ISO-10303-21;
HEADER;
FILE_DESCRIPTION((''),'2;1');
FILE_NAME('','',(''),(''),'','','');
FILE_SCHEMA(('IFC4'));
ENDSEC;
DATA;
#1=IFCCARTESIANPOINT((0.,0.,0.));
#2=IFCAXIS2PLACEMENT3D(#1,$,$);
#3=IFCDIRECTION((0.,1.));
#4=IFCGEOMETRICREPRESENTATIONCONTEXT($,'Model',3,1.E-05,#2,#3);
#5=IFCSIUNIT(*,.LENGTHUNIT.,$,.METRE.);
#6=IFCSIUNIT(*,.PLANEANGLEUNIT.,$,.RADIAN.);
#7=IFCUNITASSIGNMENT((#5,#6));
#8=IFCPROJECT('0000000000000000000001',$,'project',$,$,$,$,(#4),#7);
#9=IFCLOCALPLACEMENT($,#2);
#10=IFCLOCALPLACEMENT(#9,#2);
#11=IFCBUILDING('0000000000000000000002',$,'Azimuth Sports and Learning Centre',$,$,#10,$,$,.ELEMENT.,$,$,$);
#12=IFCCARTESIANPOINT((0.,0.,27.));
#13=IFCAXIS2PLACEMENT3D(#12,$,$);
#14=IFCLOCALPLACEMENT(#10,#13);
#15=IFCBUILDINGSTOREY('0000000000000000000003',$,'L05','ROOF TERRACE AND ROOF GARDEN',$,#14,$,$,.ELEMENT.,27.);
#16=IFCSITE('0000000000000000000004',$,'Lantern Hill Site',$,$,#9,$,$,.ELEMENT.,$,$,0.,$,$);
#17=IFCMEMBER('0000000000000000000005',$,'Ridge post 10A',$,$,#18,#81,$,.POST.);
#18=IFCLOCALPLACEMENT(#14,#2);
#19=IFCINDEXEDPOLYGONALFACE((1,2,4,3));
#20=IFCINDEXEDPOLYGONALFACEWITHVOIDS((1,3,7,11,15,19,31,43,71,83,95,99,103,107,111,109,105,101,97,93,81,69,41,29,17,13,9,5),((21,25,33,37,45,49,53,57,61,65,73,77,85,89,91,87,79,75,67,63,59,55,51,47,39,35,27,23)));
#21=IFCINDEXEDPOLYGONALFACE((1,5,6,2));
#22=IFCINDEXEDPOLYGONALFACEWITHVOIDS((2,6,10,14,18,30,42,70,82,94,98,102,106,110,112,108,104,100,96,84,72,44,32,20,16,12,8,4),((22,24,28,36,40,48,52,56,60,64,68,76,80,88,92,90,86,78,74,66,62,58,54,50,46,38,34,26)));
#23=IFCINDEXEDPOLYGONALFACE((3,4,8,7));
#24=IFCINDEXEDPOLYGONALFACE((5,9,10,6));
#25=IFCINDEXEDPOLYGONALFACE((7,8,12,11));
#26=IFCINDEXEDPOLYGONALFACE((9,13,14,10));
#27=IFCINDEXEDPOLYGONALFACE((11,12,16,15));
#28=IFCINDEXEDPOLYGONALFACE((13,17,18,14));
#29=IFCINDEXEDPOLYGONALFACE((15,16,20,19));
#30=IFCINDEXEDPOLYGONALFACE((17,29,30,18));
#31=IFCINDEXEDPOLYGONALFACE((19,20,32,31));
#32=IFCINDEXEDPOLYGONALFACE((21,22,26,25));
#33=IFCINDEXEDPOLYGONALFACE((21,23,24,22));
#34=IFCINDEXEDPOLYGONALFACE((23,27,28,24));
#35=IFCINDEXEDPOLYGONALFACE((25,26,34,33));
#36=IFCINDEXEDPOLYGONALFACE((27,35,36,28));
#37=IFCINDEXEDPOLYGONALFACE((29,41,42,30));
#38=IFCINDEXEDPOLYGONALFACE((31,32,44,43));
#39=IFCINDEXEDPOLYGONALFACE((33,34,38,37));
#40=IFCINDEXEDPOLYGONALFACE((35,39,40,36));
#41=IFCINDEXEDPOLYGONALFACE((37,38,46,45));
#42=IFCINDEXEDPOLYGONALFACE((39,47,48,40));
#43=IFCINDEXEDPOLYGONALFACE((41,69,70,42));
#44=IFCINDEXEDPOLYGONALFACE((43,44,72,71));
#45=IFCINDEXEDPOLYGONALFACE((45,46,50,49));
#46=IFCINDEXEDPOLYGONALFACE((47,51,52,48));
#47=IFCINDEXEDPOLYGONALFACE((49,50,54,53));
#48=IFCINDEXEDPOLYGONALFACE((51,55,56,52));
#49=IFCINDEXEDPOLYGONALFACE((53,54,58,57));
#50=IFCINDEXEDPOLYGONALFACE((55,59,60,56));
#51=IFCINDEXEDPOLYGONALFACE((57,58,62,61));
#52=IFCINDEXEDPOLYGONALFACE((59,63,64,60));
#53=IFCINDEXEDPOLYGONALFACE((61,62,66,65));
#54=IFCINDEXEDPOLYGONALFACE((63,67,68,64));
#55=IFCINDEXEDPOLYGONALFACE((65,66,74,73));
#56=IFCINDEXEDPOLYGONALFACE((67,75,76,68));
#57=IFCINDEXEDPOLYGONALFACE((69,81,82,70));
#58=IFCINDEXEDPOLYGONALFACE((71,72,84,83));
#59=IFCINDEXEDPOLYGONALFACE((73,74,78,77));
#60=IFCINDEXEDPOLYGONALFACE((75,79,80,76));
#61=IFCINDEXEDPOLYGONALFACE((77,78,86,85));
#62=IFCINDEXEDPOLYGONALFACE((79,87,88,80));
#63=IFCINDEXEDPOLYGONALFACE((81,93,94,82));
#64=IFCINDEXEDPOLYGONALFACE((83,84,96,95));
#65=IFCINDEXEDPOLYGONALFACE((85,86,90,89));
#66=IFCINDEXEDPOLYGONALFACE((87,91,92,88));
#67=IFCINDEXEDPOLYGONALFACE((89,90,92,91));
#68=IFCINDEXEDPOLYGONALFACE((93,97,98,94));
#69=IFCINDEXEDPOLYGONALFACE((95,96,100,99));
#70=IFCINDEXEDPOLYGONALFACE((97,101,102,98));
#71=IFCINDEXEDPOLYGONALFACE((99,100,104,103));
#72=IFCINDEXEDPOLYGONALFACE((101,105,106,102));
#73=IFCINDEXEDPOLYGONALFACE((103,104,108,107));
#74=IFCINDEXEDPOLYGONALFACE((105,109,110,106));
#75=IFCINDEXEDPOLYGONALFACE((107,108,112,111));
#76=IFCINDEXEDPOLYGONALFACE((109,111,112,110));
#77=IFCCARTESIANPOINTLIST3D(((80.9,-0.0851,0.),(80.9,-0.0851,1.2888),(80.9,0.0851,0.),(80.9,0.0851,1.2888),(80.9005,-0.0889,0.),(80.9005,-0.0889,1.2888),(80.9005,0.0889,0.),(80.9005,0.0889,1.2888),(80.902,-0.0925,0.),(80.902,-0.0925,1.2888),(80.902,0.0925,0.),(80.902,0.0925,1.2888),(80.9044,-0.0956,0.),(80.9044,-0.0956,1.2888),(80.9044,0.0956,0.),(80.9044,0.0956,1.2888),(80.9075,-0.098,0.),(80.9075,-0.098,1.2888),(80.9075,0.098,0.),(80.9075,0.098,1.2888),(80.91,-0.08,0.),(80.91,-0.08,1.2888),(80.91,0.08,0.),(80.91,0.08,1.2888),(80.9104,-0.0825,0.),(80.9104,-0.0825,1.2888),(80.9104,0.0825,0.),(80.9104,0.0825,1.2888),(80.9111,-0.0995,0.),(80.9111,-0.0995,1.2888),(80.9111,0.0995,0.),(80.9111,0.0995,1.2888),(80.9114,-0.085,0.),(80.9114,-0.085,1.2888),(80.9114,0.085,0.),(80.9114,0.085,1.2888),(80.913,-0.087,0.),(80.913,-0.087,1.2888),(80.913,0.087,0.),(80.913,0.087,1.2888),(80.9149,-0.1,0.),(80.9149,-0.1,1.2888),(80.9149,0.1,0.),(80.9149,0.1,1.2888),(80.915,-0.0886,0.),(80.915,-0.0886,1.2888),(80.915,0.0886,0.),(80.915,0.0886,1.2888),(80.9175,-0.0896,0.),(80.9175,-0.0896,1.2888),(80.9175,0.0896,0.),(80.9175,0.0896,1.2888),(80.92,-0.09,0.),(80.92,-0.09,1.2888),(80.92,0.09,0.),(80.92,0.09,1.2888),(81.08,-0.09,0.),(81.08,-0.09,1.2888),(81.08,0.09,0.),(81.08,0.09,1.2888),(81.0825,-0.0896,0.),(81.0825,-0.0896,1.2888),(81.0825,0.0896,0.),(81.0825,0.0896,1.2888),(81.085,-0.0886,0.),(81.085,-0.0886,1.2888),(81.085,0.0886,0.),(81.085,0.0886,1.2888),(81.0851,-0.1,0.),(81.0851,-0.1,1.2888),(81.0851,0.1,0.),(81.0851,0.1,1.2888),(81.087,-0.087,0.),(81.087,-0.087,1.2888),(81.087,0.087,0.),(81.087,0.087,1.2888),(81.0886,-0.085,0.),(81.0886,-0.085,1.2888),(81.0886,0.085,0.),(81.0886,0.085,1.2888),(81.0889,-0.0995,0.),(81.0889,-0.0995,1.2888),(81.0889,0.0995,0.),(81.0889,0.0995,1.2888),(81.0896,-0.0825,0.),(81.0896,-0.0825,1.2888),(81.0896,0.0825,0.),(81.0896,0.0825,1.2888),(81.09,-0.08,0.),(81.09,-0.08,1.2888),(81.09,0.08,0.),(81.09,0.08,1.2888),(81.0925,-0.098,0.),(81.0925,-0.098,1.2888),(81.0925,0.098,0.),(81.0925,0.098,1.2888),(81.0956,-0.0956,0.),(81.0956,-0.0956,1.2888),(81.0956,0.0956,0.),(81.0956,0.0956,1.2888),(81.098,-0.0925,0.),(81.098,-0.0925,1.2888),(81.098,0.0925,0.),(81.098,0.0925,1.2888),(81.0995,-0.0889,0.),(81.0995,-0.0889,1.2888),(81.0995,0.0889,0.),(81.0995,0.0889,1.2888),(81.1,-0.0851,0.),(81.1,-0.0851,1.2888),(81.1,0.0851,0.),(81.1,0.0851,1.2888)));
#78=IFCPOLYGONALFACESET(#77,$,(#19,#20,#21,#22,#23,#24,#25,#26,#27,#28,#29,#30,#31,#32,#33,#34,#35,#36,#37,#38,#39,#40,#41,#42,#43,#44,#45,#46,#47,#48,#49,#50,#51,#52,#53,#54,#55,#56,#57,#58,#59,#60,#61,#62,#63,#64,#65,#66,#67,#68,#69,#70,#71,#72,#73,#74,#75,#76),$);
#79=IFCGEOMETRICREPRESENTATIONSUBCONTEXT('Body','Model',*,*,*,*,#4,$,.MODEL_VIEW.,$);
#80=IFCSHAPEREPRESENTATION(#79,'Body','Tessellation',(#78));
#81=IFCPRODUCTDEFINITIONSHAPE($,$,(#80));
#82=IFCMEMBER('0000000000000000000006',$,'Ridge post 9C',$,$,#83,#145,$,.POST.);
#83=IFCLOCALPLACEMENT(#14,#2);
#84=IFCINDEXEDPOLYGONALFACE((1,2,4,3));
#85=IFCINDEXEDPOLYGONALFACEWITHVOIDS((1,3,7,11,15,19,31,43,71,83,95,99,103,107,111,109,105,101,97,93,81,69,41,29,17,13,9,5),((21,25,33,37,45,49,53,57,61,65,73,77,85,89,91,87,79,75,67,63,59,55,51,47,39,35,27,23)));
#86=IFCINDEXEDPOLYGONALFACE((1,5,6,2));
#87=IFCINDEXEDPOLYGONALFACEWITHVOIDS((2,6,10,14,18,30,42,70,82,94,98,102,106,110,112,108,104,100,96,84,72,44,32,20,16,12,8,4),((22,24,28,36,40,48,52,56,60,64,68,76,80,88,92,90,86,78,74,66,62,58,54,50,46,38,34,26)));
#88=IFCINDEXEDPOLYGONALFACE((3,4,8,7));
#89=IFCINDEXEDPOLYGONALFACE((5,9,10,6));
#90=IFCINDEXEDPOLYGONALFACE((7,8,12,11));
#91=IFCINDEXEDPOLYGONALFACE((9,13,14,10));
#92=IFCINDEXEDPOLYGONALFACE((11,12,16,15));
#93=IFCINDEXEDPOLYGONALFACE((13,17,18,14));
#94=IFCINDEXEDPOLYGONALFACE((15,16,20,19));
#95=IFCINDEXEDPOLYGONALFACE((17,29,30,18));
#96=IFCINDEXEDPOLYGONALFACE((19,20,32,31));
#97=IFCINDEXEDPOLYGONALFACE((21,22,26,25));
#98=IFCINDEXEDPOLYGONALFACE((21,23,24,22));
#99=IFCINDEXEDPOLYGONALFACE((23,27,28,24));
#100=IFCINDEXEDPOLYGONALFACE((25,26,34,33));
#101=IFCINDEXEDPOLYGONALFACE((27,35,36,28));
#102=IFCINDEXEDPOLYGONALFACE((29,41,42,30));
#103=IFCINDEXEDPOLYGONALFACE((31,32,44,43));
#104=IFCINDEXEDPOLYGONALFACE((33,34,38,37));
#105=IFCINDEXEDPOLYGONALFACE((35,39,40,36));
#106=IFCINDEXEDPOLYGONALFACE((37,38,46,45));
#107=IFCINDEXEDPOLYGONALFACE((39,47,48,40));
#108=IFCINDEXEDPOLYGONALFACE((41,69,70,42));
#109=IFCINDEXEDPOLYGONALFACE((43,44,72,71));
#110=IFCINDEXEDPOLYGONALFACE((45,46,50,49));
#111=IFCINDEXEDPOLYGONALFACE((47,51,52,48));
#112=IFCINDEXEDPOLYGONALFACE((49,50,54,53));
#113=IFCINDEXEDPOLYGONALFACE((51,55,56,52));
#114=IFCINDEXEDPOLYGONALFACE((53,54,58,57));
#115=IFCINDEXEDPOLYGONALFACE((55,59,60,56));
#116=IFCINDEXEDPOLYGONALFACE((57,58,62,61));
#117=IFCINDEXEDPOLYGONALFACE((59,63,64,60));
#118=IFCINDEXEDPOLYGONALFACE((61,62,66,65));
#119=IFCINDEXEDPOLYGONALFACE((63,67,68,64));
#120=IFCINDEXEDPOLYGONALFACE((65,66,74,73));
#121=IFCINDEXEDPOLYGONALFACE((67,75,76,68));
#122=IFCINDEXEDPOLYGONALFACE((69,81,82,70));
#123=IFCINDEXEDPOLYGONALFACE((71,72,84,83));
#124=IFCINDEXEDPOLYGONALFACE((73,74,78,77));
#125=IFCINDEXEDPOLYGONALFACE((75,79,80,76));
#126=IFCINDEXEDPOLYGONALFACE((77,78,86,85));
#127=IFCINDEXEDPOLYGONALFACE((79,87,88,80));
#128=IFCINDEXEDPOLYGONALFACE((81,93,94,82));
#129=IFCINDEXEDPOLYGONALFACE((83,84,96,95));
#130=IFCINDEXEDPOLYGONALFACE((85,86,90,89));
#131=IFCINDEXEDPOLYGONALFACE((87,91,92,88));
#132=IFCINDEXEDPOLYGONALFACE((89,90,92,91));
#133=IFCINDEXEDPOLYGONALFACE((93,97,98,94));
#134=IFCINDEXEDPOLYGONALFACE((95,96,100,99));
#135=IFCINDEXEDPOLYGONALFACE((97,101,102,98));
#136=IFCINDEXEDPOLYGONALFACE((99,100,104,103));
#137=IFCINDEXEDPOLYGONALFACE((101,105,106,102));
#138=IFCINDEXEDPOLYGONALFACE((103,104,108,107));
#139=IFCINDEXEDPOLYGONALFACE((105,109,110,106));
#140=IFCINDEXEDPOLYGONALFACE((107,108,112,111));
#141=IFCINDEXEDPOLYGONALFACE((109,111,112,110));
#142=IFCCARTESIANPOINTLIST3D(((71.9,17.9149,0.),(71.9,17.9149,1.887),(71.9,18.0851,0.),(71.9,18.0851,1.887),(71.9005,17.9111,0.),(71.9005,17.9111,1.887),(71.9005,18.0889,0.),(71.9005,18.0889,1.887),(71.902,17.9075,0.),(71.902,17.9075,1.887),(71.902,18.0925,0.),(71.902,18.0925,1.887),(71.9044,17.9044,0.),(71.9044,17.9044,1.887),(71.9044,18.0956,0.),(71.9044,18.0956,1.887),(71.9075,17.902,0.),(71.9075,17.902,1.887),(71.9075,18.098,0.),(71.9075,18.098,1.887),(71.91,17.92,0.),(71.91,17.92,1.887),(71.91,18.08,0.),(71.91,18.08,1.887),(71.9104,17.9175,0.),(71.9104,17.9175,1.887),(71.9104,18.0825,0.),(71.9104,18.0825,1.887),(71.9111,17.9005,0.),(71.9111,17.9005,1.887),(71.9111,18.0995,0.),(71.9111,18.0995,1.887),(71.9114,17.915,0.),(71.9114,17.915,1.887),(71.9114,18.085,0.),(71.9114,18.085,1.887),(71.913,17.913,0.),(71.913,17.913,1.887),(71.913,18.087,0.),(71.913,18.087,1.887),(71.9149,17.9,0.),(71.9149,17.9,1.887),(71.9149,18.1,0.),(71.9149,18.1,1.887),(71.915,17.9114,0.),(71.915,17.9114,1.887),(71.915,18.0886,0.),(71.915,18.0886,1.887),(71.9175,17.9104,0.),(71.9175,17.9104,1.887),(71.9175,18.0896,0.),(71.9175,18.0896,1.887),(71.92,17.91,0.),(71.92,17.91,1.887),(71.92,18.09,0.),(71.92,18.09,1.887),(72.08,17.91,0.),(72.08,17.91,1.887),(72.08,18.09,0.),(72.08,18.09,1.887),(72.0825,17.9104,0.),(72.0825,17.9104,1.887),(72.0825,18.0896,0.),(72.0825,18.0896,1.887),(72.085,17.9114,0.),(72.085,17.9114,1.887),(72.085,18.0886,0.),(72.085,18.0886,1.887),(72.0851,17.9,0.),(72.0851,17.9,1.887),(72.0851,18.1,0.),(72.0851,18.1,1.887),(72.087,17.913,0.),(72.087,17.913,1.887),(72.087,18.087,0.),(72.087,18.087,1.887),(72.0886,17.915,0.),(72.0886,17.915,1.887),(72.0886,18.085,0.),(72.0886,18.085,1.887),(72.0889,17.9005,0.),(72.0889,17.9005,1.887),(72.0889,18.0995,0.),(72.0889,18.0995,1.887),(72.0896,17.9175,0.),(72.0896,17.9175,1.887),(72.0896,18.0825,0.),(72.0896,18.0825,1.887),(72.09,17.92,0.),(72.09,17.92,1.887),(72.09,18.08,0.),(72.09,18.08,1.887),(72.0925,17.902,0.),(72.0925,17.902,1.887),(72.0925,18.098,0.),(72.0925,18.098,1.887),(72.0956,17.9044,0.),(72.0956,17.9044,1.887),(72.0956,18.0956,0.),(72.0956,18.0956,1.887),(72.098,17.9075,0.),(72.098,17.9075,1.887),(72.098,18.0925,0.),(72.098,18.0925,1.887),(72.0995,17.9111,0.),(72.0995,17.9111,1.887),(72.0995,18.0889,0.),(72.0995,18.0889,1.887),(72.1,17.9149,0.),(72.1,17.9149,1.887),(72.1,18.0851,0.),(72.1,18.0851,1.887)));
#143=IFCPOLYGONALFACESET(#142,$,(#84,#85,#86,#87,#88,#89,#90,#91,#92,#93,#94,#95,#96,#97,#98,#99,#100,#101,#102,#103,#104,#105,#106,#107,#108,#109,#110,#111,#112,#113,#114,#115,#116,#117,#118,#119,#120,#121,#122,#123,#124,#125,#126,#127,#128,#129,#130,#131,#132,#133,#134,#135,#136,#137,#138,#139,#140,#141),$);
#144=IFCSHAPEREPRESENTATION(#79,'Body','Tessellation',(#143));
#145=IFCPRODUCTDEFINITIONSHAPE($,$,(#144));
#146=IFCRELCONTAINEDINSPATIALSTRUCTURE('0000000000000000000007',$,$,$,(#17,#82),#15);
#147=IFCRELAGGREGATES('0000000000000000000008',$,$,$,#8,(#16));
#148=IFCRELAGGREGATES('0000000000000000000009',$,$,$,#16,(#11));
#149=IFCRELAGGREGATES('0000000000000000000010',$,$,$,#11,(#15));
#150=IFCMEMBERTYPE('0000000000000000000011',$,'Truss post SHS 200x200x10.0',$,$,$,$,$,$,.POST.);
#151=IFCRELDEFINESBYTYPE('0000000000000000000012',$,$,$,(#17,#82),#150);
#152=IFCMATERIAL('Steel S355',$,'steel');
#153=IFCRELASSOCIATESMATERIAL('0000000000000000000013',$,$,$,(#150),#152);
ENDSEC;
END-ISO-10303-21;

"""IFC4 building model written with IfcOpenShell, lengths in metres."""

from ifc_helpers import new_model, si_unit, direction, frame, origin, origin_2d, place, context, subcontext, project, spatial, hollow_rectangle, extrude, material, material_profile, profile_set, type_object, element, save


model = new_model("IFC4")

# Units and contexts
model_context = context("Model", 3, precision=1e-05, world=origin(), true_north=direction((0.0, 1.0)))
body_context = subcontext(model_context, "Body", "Model", "MODEL_VIEW")
ifc_project = project(units=[si_unit("LENGTHUNIT", "METRE"), si_unit("PLANEANGLEUNIT", "RADIAN")], contexts=[model_context])

# Site, building, storey
site_placement = place(None, origin())
site = spatial("IfcSite", under=ifc_project, at=site_placement, Name="Lantern Hill Site", CompositionType="ELEMENT", RefElevation=0.0)
building_placement = place(site_placement, origin())
building = spatial("IfcBuilding", under=site, at=building_placement, Name="Azimuth Sports and Learning Centre", CompositionType="ELEMENT")
storey_placement = place(building_placement, frame((0.0, 0.0, 27.0)))
storey = spatial("IfcBuildingStorey", under=building, at=storey_placement, Name="L05", Description="ROOF TERRACE AND ROOF GARDEN", CompositionType="ELEMENT", Elevation=27.0)

# Members
ifc_material_1 = material(Name="Steel S355", Category="steel")
ifc_material_profile_1 = material_profile(ifc_material_1, hollow_rectangle(XDim=0.2, YDim=0.2, WallThickness=0.01, InnerFilletRadius=0.01, OuterFilletRadius=0.0149, at=origin_2d()), Name="SHS 200x200x10.0")
ifc_profile_set_1 = profile_set([ifc_material_profile_1], Name="Steel S355")
member_type_1 = type_object("IfcMemberType", Name="Truss post SHS 200x200x10.0", PredefinedType="POST", material=ifc_profile_set_1)
for number, where, z_axis, x_axis, name in (
    (1, (81.0, 0.0, 0.0), (0.0, 0.0, 1.0), (1.0, 0.0, 0.0), "Ridge post 10A"),
):
    element("IfcMember", number, at=place(storey_placement, frame(where, z_axis=z_axis, x_axis=x_axis)), inside=storey, type_object=member_type_1, Name=name, PredefinedType="POST", context=body_context, shape_type="SweptSolid", body=[
        extrude(hollow_rectangle(XDim=0.2, YDim=0.2, WallThickness=0.01, InnerFilletRadius=0.01, OuterFilletRadius=0.0149, at=origin_2d()), origin(), (0.0, 0.0, 1.0), 1.2888),
    ])
member_1_placement = place(storey_placement, frame((72.0, 18.0, 0.0), z_axis=(0.0, 0.0, 1.0), x_axis=(1.0, 0.0, 0.0)))
element("IfcMember", 2, at=member_1_placement, inside=storey, type_object=member_type_1, Name="Ridge post 9C", PredefinedType="POST", context=body_context, shape_type="SweptSolid", body=[
    extrude(hollow_rectangle(XDim=0.2, YDim=0.2, WallThickness=0.01, InnerFilletRadius=0.01, OuterFilletRadius=0.0149, at=origin_2d()), origin(), (0.0, 0.0, 1.0), 1.887),
])

save(model, "model.ifc")
